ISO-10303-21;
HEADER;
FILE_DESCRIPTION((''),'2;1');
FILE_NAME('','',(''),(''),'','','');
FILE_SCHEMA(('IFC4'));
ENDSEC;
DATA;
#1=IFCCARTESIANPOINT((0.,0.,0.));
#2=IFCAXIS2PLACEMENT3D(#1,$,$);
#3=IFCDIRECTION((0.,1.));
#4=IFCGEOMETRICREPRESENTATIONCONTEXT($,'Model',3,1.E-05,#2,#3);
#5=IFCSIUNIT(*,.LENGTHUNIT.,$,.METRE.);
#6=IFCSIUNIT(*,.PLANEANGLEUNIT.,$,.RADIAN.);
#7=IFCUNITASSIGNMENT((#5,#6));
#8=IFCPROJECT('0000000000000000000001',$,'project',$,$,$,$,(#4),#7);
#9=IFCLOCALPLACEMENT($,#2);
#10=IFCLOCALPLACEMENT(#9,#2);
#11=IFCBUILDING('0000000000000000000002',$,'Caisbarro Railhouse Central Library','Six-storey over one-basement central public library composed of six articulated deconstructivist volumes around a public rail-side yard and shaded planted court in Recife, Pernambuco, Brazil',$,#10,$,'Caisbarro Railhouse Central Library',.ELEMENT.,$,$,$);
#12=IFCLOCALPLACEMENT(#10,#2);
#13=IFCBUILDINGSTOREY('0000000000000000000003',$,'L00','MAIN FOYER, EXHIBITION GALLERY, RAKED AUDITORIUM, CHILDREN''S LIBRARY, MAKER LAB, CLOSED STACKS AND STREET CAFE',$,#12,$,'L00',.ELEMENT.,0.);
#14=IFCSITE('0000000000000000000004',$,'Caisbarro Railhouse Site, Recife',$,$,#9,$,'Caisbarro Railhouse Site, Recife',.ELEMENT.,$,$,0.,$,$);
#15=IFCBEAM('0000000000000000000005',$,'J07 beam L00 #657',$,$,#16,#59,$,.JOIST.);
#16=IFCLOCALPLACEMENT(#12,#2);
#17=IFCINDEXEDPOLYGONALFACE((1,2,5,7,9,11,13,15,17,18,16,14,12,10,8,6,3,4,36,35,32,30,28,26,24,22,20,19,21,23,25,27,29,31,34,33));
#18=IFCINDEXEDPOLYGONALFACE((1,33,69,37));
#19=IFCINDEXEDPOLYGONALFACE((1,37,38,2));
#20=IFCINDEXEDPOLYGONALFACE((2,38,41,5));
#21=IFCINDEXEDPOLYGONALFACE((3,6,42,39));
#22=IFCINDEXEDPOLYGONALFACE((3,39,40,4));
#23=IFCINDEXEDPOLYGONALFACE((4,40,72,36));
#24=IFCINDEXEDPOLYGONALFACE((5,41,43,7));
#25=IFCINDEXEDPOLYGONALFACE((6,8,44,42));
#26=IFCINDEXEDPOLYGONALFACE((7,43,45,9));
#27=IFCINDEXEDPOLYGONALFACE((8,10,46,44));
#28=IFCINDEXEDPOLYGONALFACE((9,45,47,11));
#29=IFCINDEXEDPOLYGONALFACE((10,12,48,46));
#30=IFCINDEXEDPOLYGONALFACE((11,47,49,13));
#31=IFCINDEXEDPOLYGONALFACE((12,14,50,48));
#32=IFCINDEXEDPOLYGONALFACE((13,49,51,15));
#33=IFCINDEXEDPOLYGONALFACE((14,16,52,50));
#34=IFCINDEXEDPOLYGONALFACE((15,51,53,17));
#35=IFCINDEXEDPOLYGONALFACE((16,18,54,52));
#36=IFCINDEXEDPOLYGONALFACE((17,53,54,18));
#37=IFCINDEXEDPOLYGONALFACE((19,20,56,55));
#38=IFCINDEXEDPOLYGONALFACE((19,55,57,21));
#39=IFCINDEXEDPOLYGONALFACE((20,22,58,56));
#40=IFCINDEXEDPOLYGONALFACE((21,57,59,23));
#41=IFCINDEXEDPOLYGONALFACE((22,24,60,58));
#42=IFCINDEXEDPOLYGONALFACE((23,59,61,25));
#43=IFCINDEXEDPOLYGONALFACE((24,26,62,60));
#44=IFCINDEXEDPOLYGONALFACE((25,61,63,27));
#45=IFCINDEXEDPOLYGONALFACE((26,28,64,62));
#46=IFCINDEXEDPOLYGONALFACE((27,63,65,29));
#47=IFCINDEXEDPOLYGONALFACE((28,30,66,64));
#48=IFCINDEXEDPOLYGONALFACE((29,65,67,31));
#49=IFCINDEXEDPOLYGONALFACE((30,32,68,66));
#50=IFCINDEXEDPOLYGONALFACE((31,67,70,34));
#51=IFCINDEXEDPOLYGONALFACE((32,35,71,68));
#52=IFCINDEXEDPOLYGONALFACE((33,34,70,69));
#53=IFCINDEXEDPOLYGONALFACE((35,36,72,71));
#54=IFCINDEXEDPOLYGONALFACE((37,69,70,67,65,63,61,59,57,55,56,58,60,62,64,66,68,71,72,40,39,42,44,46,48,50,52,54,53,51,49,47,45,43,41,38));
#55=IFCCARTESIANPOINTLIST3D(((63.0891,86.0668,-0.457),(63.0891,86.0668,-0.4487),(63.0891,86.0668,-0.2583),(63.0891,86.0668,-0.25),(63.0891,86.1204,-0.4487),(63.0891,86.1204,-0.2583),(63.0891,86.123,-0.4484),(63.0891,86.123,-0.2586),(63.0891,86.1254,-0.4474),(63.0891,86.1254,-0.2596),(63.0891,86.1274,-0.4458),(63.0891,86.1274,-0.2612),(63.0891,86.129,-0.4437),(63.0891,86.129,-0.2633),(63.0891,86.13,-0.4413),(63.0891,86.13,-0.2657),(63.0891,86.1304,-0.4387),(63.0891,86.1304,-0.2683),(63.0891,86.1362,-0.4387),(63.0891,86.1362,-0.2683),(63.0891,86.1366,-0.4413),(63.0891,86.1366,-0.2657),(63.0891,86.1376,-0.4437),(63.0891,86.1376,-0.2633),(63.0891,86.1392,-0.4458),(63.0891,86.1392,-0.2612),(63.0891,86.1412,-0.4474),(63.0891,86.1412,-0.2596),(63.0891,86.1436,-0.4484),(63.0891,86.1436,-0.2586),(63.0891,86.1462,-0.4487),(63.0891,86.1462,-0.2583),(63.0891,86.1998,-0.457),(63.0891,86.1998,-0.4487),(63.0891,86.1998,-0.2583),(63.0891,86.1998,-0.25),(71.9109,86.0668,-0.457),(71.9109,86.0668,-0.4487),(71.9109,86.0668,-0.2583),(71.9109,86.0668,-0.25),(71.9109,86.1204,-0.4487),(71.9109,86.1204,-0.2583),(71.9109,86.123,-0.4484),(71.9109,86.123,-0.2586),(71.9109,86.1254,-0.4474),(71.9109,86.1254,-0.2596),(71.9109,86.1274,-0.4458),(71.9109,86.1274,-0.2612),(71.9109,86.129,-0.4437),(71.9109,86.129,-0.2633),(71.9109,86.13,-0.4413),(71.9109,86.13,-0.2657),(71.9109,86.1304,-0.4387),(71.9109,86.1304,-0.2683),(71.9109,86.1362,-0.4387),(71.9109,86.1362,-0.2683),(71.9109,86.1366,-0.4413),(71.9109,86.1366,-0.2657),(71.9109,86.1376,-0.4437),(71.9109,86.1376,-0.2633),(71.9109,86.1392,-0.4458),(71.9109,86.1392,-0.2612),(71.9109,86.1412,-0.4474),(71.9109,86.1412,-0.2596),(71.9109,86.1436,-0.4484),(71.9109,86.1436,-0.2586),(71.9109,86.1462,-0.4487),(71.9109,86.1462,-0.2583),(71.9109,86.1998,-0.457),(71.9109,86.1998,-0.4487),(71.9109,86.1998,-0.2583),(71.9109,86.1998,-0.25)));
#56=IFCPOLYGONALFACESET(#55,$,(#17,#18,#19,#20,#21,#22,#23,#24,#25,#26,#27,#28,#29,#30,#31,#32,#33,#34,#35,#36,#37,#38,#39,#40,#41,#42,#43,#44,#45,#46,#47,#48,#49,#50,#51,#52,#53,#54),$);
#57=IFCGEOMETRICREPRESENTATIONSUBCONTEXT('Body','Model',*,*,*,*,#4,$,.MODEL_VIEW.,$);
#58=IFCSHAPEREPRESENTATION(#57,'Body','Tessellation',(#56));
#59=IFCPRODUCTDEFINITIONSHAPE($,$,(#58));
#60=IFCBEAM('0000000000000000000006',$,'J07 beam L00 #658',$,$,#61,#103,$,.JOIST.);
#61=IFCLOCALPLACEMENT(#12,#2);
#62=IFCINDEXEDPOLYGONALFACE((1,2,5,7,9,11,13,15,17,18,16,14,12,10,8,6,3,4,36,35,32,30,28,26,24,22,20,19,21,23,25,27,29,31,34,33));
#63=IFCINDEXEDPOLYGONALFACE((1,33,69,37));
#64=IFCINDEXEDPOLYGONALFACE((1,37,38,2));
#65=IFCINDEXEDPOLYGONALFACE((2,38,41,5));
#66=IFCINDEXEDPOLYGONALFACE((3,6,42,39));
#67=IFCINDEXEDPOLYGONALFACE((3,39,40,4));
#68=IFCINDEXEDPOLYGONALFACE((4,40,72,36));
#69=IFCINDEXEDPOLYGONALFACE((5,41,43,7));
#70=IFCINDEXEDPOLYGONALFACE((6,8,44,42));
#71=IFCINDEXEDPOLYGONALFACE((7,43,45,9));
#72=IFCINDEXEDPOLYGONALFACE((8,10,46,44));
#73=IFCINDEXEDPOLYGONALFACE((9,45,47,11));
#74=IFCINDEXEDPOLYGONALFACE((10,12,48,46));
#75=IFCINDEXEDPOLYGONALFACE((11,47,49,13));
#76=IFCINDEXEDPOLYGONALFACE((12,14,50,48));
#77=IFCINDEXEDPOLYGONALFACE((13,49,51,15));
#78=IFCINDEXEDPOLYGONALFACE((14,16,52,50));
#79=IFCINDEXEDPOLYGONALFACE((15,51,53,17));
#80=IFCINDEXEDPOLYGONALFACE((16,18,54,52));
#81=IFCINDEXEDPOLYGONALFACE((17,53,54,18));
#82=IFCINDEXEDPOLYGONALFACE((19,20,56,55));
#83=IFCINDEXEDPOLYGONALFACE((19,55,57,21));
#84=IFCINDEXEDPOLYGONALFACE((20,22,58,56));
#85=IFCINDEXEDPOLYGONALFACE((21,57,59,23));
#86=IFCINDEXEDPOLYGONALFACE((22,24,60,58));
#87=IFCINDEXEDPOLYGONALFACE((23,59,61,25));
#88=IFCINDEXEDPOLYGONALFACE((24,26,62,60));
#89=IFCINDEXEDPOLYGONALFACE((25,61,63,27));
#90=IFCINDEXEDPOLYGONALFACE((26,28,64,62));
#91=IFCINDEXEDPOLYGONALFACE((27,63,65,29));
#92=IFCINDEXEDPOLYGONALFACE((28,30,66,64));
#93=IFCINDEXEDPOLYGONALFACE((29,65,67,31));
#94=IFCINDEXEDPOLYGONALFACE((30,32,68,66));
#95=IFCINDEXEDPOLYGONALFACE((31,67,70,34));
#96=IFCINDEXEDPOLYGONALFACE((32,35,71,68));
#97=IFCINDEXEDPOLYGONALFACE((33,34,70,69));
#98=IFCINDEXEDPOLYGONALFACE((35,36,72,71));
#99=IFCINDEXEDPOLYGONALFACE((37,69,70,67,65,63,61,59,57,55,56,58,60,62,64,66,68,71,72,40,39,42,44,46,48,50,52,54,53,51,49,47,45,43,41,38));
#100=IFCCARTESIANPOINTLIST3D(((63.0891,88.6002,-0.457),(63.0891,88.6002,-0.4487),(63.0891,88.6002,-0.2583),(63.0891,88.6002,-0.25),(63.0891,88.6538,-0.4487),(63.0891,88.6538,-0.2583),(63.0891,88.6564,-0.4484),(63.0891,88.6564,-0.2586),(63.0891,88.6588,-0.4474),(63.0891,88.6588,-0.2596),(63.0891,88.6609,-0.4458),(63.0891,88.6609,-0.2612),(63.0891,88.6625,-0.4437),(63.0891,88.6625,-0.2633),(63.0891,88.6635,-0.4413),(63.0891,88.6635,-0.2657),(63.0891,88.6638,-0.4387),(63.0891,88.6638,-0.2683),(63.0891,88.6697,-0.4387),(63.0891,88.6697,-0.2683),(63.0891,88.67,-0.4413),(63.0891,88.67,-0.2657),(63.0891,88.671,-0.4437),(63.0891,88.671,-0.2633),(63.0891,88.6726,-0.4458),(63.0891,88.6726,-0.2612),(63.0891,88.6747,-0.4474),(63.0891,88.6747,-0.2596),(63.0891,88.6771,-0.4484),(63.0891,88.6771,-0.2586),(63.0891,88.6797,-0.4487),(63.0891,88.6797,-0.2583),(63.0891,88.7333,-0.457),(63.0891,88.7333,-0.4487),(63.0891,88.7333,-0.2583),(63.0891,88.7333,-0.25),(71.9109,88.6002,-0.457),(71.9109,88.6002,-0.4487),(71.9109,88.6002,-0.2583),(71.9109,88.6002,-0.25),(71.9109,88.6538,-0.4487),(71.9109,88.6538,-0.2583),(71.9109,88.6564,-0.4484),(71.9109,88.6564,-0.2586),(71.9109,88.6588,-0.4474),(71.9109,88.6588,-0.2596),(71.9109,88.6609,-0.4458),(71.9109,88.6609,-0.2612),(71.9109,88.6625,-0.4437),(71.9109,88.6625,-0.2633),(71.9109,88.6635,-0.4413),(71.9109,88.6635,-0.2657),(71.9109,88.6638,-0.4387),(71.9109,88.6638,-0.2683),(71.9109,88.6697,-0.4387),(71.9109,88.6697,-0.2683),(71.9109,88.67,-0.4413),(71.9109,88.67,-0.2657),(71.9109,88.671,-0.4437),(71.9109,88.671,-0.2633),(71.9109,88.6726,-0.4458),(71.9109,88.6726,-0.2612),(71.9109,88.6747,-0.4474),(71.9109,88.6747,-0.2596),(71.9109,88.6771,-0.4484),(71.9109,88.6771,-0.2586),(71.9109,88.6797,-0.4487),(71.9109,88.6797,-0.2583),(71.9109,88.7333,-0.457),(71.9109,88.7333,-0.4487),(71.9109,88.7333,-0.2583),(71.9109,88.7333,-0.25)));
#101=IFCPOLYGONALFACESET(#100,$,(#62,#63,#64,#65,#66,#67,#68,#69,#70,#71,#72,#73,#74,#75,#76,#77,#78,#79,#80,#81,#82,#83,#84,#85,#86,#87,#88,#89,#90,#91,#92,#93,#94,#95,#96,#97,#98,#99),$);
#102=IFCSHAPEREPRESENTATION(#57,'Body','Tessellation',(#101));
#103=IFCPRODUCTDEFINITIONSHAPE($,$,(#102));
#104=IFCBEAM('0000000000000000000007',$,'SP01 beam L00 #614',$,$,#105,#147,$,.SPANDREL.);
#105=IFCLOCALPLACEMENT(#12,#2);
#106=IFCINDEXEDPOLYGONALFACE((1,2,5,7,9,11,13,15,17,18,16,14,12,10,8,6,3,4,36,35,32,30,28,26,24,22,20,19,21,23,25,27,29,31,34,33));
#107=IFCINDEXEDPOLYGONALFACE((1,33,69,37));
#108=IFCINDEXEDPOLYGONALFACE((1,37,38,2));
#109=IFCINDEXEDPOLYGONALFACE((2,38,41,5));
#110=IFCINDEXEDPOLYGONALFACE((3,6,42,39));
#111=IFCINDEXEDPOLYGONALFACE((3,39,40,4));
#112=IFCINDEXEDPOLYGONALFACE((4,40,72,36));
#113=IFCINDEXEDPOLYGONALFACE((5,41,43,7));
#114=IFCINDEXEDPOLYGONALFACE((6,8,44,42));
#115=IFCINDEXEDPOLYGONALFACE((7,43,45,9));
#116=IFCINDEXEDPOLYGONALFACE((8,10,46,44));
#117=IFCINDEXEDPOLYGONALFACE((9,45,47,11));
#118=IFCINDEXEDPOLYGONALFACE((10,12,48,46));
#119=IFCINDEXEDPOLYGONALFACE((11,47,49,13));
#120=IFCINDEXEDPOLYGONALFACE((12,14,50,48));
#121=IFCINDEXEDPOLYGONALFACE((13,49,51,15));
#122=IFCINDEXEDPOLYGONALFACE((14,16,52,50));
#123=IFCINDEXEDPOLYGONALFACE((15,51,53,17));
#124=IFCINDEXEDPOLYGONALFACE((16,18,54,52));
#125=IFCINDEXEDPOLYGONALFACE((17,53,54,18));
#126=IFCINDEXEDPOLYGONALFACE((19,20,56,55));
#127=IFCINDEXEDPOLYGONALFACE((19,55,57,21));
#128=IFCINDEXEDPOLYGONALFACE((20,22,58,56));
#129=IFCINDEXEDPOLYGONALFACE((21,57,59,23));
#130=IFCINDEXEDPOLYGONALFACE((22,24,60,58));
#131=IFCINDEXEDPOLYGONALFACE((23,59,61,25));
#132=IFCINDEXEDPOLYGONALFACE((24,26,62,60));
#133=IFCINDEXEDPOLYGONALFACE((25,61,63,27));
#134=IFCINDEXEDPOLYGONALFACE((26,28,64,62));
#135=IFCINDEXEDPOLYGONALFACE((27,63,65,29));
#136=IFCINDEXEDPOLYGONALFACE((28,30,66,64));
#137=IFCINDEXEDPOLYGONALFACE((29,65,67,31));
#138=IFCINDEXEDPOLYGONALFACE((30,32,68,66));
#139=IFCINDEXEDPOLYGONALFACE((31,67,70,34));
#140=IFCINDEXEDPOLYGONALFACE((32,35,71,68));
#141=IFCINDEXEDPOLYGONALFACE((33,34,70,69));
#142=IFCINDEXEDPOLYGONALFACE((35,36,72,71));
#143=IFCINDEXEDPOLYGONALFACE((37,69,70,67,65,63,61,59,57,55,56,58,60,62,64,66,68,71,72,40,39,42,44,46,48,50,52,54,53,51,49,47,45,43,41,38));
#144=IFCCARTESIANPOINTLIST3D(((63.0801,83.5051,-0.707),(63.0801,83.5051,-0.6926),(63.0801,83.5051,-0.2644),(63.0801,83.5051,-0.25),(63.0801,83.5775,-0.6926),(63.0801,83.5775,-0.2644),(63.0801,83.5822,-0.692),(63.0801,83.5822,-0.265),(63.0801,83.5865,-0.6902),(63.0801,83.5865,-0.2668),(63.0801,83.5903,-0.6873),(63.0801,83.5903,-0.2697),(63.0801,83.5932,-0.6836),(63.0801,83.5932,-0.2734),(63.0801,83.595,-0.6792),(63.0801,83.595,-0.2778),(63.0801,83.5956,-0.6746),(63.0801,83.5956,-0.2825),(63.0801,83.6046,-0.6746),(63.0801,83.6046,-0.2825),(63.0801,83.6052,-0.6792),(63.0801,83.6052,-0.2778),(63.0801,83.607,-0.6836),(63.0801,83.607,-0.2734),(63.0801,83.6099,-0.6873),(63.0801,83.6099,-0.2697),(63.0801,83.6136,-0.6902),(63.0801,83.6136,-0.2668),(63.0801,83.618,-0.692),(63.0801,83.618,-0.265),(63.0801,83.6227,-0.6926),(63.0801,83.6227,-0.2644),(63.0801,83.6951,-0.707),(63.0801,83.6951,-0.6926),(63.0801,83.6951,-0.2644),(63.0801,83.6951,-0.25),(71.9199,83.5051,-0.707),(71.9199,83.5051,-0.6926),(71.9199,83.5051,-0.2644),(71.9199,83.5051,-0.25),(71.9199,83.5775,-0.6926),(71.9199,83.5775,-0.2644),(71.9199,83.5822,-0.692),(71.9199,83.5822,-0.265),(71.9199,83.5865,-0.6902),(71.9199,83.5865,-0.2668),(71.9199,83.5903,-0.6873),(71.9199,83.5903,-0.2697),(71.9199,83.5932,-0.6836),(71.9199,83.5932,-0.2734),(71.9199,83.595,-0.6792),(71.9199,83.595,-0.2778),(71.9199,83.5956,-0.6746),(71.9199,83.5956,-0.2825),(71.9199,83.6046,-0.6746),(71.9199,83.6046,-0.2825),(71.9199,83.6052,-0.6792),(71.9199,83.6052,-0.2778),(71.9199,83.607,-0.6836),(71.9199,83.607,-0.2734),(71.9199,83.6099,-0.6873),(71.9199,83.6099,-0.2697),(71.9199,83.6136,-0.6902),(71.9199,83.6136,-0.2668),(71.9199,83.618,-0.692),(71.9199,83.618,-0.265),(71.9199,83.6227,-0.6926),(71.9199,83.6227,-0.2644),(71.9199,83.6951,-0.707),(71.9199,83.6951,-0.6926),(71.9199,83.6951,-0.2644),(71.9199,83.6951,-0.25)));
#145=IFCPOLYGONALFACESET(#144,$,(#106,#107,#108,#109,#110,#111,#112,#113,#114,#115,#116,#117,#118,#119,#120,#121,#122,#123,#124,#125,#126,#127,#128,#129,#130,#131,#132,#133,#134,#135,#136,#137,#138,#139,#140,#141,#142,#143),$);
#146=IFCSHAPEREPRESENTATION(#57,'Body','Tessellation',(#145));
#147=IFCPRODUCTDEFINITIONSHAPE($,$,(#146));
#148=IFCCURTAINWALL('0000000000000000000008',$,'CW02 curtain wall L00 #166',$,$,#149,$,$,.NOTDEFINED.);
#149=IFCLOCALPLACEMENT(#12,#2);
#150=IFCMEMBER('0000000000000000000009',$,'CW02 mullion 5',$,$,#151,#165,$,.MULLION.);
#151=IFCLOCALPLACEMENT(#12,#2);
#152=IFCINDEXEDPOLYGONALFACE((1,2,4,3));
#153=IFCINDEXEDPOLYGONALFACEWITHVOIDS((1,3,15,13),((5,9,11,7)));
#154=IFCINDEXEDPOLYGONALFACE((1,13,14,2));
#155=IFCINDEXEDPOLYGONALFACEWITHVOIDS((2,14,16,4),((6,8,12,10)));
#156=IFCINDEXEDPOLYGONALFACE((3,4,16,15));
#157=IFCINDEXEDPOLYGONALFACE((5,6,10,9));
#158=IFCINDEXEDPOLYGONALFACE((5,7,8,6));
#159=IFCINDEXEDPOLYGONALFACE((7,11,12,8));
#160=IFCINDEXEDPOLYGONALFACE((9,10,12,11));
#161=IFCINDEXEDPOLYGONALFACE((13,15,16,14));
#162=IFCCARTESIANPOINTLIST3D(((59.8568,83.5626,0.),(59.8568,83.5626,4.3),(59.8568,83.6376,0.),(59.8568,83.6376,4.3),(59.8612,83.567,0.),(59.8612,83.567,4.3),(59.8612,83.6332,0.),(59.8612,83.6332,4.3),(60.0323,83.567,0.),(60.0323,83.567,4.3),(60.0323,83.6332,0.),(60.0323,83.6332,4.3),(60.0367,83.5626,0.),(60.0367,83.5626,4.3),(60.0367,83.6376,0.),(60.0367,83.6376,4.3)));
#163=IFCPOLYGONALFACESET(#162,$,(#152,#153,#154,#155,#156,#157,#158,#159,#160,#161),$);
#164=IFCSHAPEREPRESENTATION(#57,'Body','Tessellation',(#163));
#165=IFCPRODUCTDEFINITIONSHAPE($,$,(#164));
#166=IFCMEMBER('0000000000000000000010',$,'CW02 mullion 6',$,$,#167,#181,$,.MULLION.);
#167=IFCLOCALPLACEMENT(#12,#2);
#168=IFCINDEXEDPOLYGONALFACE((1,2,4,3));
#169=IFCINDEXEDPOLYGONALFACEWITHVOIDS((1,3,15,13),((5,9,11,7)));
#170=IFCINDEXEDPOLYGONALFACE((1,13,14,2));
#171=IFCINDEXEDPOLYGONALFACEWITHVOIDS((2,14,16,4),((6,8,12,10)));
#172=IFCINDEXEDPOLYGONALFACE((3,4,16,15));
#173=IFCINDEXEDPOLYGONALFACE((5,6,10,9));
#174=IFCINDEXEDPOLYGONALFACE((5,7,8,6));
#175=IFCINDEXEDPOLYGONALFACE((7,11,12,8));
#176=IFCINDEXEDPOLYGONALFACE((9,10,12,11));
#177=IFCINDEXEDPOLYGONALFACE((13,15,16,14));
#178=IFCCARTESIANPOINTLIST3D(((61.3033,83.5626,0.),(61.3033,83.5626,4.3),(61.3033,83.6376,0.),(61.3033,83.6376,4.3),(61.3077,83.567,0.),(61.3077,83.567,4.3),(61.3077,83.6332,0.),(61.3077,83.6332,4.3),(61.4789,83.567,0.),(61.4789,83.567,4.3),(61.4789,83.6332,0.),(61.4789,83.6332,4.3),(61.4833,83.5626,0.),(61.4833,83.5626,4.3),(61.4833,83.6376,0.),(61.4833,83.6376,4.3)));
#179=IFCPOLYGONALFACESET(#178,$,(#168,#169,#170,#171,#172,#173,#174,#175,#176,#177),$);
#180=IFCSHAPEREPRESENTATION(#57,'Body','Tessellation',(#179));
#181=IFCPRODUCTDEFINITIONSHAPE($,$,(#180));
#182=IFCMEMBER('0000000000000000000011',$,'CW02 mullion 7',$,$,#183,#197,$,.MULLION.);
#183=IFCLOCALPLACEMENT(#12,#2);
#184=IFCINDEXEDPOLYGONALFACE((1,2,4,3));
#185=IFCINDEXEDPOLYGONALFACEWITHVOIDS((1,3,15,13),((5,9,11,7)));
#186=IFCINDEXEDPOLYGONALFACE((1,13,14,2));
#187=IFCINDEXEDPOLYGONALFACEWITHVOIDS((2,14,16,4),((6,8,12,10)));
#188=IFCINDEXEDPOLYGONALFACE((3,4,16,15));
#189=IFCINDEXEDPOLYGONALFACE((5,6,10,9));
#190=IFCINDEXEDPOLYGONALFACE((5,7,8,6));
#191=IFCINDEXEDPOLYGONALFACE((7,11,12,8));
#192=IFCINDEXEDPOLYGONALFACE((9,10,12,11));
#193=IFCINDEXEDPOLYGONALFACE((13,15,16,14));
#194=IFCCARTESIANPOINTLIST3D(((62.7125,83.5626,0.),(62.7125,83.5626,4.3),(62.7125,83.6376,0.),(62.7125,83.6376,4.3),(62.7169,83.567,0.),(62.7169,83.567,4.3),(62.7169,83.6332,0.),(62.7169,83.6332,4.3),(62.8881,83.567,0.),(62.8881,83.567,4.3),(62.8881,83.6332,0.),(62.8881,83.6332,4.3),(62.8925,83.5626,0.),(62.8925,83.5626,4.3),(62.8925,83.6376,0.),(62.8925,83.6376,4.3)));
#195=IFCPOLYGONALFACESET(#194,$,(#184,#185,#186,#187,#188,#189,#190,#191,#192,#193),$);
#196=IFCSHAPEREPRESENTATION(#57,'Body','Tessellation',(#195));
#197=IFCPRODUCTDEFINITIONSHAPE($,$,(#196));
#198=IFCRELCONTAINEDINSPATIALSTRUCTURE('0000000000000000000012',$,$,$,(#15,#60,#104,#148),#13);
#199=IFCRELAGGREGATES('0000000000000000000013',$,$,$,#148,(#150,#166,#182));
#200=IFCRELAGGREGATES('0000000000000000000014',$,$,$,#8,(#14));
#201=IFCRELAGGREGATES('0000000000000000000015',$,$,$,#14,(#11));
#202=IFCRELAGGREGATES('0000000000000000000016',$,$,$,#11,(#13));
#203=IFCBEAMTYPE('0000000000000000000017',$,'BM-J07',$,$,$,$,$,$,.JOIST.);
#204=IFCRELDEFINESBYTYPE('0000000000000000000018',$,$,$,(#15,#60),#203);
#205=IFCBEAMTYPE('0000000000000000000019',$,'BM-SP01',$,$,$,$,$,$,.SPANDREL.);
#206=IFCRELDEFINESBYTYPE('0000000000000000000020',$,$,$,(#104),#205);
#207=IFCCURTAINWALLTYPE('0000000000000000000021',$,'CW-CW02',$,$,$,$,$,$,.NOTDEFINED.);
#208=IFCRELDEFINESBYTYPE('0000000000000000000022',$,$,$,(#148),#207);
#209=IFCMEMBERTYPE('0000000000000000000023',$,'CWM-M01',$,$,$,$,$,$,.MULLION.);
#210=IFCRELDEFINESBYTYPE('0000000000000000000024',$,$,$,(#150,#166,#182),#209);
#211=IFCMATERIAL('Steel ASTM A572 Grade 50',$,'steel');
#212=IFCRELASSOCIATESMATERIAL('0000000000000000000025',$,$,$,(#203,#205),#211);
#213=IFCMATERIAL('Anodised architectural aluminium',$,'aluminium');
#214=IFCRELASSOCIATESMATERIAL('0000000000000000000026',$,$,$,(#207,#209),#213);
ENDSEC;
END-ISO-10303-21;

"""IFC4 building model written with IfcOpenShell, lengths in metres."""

from ifc_helpers import new_model, si_unit, direction, frame, origin, origin_2d, place, context, subcontext, project, spatial, hollow_rectangle, i_section, extrude, material, material_profile, profile_set, type_object, element, aggregate, save


model = new_model("IFC4")

# Units and contexts
model_context = context("Model", 3, precision=1e-05, world=origin(), true_north=direction((0.0, 1.0)))
body_context = subcontext(model_context, "Body", "Model", "MODEL_VIEW")
ifc_project = project(units=[si_unit("LENGTHUNIT", "METRE"), si_unit("PLANEANGLEUNIT", "RADIAN")], contexts=[model_context])

# Site, building, storey
site_placement = place(None, origin())
site = spatial("IfcSite", under=ifc_project, at=site_placement, Name="Caisbarro Railhouse Site, Recife", LongName="Caisbarro Railhouse Site, Recife", CompositionType="ELEMENT", RefElevation=0.0)
building_placement = place(site_placement, origin())
building = spatial("IfcBuilding", under=site, at=building_placement, Name="Caisbarro Railhouse Central Library", Description="Six-storey over one-basement central public library composed of six articulated deconstructivist volumes around a public rail-side yard and shaded planted court in Recife, Pernambuco, Brazil", LongName="Caisbarro Railhouse Central Library", CompositionType="ELEMENT")
storey_placement = place(building_placement, origin())
storey = spatial("IfcBuildingStorey", under=building, at=storey_placement, Name="L00", Description="MAIN FOYER, EXHIBITION GALLERY, RAKED AUDITORIUM, CHILDREN'S LIBRARY, MAKER LAB, CLOSED STACKS AND STREET CAFE", LongName="L00", CompositionType="ELEMENT", Elevation=0.0)

# Shared definitions
ifc_material_1 = material(Name="Steel ASTM A572 Grade 50", Category="steel")

# Beams
ifc_material_profile_1 = material_profile(ifc_material_1, i_section(OverallWidth=0.1331, OverallDepth=0.207, WebThickness=0.0059, FlangeThickness=0.0083, FilletRadius=0.01, at=origin_2d()), Name="W200X26.6")
ifc_profile_set_1 = profile_set([ifc_material_profile_1], Name="Steel ASTM A572 Grade 50")
beam_type_1 = type_object("IfcBeamType", Name="BM-J07", PredefinedType="JOIST", material=ifc_profile_set_1)
for number, where, z_axis, x_axis, name in (
    (1, (63.0891, 86.1333, -0.3535), (1.0, 0.0, 0.0), (0.0, 1.0, 0.0), "J07 beam L00 #657"),
    (2, (63.0891, 88.6667, -0.3535), (1.0, 0.0, 0.0), (0.0, 1.0, 0.0), "J07 beam L00 #658"),
):
    element("IfcBeam", number, at=place(storey_placement, frame(where, z_axis=z_axis, x_axis=x_axis)), inside=storey, type_object=beam_type_1, Name=name, PredefinedType="JOIST", context=body_context, shape_type="SweptSolid", body=[
        extrude(i_section(OverallWidth=0.1331, OverallDepth=0.207, WebThickness=0.0059, FlangeThickness=0.0083, FilletRadius=0.01, at=origin_2d()), origin(), (0.0, 0.0, 1.0), 8.8218),
    ])
ifc_material_profile_2 = material_profile(ifc_material_1, i_section(OverallWidth=0.1899, OverallDepth=0.457, WebThickness=0.009, FlangeThickness=0.0144, FilletRadius=0.0181, at=origin_2d()), Name="W460X74.0")
ifc_profile_set_2 = profile_set([ifc_material_profile_2], Name="Steel ASTM A572 Grade 50")
beam_type_2 = type_object("IfcBeamType", Name="BM-SP01", PredefinedType="SPANDREL", material=ifc_profile_set_2)
beam_placement = place(storey_placement, frame((63.0801, 83.6001, -0.4785), z_axis=(1.0, 0.0, 0.0), x_axis=(0.0, 1.0, 0.0)))
element("IfcBeam", 3, at=beam_placement, inside=storey, type_object=beam_type_2, Name="SP01 beam L00 #614", PredefinedType="SPANDREL", context=body_context, shape_type="SweptSolid", body=[
    extrude(i_section(OverallWidth=0.1899, OverallDepth=0.457, WebThickness=0.009, FlangeThickness=0.0144, FilletRadius=0.0181, at=origin_2d()), origin(), (0.0, 0.0, 1.0), 8.8398),
])

# Curtain wall, members
ifc_material_2 = material(Name="Anodised architectural aluminium", Category="aluminium")
curtain_wall_type = type_object("IfcCurtainWallType", Name="CW-CW02", PredefinedType="NOTDEFINED", material=ifc_material_2)
curtain_wall_placement = place(storey_placement, origin())
curtain_wall = element("IfcCurtainWall", 4, at=curtain_wall_placement, inside=storey, type_object=curtain_wall_type, Name="CW02 curtain wall L00 #166", PredefinedType="NOTDEFINED")
ifc_material_profile_3 = material_profile(ifc_material_2, hollow_rectangle(XDim=0.075, YDim=0.1799, WallThickness=0.0044, at=origin_2d()), Name="ALU-MUL-75X180")
ifc_profile_set_3 = profile_set([ifc_material_profile_3], Name="Anodised architectural aluminium")
member_type_1 = type_object("IfcMemberType", Name="CWM-M01", PredefinedType="MULLION", material=ifc_profile_set_3)
member_1_placement = place(storey_placement, frame((59.9468, 83.6001, 0.0), z_axis=(0.0, 0.0, 1.0), x_axis=(0.0, 1.0, 0.0)))
member_1 = element("IfcMember", 5, at=member_1_placement, type_object=member_type_1, Name="CW02 mullion 5", PredefinedType="MULLION", context=body_context, shape_type="SweptSolid", body=[
    extrude(hollow_rectangle(XDim=0.075, YDim=0.1799, WallThickness=0.0044, at=origin_2d()), origin(), (0.0, 0.0, 1.0), 4.3),
])
member_2_placement = place(storey_placement, frame((61.3933, 83.6001, 0.0), z_axis=(0.0, 0.0, 1.0), x_axis=(0.0, 1.0, 0.0)))
member_2 = element("IfcMember", 6, at=member_2_placement, type_object=member_type_1, Name="CW02 mullion 6", PredefinedType="MULLION", context=body_context, shape_type="SweptSolid", body=[
    extrude(hollow_rectangle(XDim=0.075, YDim=0.1799, WallThickness=0.0044, at=origin_2d()), origin(), (0.0, 0.0, 1.0), 4.3),
])
member_3_placement = place(storey_placement, frame((62.8025, 83.6001, 0.0), z_axis=(0.0, 0.0, 1.0), x_axis=(0.0, 1.0, 0.0)))
member_3 = element("IfcMember", 7, at=member_3_placement, type_object=member_type_1, Name="CW02 mullion 7", PredefinedType="MULLION", context=body_context, shape_type="SweptSolid", body=[
    extrude(hollow_rectangle(XDim=0.075, YDim=0.1799, WallThickness=0.0044, at=origin_2d()), origin(), (0.0, 0.0, 1.0), 4.3),
])
aggregate(curtain_wall, [member_1, member_2, member_3])

save(model, "model.ifc")
